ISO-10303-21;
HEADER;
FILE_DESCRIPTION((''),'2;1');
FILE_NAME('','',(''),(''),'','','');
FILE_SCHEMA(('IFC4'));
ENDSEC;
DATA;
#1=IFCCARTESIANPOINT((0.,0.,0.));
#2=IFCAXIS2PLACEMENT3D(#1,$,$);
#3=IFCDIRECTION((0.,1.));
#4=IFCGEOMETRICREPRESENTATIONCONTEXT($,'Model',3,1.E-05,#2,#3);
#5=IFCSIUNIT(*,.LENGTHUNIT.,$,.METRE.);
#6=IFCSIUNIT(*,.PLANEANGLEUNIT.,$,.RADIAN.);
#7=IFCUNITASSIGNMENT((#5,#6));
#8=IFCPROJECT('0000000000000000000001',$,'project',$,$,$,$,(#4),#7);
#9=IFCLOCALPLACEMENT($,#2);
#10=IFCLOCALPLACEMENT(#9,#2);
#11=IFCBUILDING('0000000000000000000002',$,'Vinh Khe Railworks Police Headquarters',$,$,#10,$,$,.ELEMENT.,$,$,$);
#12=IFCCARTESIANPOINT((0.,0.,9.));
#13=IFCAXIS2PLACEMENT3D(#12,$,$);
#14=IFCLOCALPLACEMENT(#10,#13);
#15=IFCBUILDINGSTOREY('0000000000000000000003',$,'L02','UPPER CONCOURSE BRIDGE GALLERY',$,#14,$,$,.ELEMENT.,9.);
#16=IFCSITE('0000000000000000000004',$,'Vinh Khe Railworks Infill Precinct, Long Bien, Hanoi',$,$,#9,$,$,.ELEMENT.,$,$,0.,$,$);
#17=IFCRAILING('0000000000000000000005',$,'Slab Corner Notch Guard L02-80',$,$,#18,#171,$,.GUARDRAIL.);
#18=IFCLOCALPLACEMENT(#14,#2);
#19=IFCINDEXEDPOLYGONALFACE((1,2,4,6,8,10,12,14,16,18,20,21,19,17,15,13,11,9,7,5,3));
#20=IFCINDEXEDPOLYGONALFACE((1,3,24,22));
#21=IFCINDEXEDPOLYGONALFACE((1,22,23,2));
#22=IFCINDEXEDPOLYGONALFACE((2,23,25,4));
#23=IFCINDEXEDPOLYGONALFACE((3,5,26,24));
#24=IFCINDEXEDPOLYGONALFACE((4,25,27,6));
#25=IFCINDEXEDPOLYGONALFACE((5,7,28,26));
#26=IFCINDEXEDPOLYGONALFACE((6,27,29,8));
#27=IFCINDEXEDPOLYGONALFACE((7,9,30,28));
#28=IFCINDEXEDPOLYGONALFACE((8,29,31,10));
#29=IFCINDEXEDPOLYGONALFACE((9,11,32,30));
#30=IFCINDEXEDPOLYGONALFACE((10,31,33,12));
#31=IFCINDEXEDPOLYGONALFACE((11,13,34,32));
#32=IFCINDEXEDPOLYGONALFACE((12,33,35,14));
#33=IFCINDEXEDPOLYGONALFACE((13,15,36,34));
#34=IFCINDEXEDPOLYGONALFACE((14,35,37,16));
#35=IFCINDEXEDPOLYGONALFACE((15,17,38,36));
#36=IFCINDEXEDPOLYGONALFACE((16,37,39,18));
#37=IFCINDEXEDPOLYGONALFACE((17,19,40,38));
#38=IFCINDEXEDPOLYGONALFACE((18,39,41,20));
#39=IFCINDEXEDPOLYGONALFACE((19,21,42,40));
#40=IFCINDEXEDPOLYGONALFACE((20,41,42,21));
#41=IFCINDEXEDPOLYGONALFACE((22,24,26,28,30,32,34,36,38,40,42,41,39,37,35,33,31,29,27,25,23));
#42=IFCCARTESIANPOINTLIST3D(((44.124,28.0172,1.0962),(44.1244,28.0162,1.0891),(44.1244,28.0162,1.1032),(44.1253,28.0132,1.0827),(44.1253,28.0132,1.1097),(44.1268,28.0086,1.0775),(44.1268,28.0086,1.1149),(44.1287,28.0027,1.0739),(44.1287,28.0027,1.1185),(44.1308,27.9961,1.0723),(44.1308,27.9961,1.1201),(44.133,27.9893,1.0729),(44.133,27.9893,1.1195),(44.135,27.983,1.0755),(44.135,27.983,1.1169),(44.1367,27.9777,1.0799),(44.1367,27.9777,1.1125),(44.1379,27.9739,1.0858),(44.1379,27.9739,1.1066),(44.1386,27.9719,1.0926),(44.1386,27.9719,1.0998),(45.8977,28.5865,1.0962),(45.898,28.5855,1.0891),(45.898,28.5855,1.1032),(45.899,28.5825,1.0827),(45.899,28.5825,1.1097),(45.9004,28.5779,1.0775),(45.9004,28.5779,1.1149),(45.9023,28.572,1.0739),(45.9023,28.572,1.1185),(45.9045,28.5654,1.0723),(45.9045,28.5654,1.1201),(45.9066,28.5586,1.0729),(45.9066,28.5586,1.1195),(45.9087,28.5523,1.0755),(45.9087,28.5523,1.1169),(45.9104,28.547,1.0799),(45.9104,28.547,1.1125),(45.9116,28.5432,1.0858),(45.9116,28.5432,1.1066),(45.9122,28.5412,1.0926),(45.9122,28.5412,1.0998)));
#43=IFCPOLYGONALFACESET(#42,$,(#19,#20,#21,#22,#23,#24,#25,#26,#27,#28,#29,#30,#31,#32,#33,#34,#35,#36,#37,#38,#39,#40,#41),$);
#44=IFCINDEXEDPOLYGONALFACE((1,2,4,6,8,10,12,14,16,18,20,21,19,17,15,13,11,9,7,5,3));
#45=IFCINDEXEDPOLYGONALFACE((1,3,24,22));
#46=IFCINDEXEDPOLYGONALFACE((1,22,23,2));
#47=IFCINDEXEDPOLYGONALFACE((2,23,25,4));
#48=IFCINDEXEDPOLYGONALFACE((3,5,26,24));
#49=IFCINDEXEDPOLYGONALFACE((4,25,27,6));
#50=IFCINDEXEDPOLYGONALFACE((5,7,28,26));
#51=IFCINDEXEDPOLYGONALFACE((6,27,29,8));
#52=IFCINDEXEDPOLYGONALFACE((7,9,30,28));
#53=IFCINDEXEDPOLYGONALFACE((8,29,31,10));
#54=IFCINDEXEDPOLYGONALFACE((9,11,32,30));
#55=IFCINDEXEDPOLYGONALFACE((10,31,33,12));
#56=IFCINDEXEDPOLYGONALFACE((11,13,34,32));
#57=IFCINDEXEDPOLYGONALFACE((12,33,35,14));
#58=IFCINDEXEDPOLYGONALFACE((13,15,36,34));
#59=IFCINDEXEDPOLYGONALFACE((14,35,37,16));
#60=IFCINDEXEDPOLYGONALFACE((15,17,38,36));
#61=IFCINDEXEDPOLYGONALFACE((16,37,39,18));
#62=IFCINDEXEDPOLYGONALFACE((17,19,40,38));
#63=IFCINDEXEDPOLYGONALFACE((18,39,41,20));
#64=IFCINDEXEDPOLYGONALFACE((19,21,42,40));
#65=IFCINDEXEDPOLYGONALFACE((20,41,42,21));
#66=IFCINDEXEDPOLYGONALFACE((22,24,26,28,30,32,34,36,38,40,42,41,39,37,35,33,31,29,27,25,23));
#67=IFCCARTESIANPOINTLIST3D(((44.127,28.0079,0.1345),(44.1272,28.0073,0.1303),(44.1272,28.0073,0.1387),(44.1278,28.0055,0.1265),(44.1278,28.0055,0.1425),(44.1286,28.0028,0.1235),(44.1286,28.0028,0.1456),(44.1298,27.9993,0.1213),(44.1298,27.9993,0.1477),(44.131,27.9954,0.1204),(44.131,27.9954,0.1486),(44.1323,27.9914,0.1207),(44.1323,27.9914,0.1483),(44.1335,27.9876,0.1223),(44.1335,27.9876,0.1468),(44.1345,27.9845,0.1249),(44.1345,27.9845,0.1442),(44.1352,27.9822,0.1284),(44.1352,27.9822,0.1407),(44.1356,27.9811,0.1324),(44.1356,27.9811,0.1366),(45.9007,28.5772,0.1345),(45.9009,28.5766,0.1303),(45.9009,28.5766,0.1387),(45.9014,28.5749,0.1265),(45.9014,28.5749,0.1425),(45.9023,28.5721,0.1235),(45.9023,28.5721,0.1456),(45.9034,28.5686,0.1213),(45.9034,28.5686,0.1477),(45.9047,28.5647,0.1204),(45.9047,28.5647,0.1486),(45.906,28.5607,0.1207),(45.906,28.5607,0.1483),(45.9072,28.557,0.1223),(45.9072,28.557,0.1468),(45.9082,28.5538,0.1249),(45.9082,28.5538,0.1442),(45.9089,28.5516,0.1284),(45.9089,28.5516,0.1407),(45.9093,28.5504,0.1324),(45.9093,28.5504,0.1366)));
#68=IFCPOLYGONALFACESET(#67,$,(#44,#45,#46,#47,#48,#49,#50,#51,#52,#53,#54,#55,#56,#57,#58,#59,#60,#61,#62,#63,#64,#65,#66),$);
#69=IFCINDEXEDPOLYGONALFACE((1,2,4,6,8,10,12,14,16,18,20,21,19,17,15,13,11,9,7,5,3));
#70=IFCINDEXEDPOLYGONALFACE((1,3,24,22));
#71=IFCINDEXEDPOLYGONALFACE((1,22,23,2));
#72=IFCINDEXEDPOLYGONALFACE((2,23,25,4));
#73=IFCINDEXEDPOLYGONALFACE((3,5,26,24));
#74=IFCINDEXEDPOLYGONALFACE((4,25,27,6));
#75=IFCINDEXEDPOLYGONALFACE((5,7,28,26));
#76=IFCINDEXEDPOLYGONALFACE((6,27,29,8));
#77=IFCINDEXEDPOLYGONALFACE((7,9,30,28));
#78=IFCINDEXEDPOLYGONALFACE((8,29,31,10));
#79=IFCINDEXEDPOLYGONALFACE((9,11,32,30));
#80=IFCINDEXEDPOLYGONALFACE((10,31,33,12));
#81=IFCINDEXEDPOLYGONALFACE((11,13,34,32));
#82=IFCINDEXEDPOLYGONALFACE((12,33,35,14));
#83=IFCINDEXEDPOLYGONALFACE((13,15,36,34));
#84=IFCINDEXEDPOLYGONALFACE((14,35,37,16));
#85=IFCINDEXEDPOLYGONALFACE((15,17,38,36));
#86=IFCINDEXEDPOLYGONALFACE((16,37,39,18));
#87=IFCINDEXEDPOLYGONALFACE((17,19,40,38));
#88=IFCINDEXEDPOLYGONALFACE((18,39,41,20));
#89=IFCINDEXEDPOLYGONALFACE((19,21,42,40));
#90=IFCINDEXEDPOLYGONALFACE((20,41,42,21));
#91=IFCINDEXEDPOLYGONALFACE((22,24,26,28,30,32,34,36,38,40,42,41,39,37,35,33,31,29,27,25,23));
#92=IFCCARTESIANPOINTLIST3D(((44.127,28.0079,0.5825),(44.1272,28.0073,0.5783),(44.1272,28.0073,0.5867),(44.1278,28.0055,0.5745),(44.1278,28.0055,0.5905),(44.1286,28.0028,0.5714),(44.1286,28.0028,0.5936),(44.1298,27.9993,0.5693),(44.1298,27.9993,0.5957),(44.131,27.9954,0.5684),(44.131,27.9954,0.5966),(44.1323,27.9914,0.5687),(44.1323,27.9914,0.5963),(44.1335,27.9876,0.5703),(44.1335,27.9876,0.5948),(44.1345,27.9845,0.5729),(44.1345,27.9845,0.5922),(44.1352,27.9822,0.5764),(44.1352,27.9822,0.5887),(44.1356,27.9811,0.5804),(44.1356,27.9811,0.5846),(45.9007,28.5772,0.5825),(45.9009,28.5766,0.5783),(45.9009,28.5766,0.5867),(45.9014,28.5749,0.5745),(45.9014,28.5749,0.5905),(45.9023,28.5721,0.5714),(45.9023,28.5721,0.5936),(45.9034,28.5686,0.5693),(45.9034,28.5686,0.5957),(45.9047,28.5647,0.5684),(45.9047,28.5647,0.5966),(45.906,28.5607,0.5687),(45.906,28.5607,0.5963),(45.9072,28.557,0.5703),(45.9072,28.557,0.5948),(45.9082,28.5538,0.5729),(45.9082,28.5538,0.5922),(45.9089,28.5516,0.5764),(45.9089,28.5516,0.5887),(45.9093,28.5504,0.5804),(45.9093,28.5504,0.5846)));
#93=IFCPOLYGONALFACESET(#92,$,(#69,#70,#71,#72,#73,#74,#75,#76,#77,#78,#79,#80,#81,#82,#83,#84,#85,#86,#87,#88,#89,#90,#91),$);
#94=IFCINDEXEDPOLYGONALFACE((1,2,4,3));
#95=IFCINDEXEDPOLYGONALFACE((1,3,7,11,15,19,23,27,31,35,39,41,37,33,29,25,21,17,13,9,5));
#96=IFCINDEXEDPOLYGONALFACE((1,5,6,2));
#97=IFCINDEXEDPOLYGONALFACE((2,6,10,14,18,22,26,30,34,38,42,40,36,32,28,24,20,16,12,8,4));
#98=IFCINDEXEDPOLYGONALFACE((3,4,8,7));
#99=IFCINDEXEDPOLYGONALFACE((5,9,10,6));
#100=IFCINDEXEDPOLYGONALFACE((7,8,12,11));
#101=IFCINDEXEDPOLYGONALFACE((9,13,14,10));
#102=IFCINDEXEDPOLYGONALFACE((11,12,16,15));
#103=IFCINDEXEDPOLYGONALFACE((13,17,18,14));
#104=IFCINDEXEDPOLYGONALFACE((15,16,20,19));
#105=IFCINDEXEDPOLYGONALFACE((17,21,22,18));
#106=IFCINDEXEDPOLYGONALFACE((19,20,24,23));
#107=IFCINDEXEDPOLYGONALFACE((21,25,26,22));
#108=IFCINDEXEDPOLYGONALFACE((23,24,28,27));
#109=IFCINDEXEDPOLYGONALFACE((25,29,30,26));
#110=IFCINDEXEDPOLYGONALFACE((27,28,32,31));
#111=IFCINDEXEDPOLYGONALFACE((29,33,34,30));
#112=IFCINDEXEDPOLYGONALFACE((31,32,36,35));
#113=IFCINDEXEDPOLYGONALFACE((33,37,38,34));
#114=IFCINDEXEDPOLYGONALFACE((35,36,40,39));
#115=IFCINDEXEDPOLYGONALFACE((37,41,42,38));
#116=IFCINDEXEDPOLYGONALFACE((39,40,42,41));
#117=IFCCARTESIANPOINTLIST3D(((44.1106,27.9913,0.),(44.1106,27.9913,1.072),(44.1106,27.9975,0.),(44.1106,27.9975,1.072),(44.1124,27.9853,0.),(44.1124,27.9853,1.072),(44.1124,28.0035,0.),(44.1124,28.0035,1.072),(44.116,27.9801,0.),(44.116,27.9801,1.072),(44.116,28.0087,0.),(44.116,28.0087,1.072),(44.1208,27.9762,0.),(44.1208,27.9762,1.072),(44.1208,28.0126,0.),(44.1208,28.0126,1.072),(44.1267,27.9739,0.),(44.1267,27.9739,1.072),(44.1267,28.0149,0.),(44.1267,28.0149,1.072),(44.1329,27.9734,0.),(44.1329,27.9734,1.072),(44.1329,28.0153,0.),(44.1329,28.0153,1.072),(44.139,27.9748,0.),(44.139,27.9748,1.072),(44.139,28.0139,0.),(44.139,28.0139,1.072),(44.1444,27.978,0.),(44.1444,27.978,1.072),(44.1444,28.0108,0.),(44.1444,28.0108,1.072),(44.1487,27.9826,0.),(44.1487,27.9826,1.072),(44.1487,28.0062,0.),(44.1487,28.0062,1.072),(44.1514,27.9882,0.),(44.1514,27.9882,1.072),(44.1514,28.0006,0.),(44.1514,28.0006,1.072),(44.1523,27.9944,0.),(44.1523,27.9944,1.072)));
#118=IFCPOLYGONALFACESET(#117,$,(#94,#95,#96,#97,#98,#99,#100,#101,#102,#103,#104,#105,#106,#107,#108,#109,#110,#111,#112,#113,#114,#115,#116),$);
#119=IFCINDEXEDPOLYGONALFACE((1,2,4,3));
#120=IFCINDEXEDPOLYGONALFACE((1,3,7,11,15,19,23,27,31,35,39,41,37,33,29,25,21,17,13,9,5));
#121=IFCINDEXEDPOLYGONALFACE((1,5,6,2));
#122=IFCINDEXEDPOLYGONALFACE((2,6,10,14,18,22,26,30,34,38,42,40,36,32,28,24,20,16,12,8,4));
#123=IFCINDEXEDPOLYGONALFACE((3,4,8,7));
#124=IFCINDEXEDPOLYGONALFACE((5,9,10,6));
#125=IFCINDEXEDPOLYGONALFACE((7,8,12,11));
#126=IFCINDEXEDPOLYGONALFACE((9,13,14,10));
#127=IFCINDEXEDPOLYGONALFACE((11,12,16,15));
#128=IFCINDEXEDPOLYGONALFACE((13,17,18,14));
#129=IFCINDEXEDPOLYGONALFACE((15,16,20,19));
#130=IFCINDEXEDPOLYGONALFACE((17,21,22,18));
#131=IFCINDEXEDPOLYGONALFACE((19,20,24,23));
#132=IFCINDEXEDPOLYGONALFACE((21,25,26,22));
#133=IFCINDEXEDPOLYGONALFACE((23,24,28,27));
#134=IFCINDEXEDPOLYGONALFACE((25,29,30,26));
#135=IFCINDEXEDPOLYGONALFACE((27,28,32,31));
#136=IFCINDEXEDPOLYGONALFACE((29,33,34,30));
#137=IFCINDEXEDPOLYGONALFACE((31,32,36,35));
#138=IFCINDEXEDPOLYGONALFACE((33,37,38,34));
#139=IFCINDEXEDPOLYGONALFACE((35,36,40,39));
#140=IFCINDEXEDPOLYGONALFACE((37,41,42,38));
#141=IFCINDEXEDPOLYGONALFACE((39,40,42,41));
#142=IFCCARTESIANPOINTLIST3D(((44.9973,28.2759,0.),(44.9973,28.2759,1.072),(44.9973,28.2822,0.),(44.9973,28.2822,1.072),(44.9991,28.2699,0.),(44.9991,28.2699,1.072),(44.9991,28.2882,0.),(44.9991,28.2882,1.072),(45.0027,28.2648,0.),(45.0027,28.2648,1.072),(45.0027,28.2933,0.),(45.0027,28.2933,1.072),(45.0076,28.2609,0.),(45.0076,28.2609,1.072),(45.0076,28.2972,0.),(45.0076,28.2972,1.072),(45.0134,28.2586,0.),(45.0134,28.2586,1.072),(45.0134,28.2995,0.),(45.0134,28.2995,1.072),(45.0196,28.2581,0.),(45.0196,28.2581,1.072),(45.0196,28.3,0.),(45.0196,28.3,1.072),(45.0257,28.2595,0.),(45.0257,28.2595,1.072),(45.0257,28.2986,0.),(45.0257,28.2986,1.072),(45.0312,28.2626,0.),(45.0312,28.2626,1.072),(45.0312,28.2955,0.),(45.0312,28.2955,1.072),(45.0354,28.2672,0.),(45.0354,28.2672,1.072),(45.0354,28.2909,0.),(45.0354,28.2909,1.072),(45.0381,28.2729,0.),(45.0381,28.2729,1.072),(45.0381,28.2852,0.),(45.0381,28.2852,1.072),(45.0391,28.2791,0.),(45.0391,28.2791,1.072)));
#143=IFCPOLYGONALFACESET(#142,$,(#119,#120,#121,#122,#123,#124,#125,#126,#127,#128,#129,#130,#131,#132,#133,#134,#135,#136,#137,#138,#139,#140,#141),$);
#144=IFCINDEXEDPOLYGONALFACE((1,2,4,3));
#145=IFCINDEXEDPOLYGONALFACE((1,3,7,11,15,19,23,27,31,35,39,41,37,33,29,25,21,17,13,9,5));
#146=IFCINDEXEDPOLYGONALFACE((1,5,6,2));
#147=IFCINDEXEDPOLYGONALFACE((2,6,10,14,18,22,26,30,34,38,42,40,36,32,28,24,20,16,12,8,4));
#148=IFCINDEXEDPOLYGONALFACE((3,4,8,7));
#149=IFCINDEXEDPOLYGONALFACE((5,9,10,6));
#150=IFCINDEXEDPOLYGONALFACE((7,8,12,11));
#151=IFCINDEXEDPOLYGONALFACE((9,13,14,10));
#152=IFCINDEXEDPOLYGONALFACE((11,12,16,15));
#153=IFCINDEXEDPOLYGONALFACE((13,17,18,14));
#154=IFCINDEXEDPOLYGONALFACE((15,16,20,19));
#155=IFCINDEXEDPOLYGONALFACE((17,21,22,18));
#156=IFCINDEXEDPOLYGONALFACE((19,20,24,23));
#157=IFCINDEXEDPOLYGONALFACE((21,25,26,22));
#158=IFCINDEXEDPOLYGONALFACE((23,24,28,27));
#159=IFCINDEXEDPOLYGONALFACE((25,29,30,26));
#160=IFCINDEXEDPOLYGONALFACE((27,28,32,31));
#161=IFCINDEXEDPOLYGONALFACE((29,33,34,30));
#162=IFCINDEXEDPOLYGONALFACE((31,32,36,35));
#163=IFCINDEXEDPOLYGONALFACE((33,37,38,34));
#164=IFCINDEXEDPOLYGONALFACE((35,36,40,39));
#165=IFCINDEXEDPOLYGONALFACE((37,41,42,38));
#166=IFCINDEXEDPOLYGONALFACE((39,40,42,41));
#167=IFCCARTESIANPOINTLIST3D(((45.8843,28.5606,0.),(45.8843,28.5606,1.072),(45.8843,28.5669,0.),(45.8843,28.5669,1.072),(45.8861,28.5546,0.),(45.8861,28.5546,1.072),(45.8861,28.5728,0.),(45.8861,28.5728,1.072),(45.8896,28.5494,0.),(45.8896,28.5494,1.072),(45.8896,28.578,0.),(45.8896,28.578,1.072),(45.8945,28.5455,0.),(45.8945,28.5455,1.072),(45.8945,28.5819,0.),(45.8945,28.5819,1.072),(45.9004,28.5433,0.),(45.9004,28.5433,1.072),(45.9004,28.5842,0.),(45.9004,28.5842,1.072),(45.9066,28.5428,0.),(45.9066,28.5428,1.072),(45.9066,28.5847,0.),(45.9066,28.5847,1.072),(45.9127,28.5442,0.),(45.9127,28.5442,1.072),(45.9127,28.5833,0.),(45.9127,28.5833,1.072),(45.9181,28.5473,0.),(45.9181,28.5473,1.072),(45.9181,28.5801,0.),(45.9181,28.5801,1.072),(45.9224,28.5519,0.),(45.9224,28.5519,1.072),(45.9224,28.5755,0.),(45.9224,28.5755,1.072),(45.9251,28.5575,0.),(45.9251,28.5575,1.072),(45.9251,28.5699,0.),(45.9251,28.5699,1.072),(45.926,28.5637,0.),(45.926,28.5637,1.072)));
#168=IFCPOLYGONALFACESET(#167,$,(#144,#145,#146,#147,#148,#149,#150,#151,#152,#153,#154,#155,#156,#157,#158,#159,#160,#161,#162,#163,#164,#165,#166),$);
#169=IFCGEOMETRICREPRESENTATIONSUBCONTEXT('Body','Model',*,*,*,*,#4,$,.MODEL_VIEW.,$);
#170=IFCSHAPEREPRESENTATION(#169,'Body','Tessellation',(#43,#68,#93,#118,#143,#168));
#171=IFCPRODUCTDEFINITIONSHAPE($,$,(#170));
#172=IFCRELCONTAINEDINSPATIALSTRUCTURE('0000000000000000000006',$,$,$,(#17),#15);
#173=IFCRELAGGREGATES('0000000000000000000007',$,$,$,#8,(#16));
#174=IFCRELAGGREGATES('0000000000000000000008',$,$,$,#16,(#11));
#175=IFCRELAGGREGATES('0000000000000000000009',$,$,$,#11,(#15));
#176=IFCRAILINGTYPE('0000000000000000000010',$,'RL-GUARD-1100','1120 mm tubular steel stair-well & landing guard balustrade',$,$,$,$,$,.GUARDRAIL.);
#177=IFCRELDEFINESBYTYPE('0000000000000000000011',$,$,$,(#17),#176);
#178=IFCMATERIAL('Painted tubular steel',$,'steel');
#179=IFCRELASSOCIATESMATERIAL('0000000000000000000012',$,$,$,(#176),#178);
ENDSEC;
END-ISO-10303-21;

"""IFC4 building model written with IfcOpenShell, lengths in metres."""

from ifc_helpers import new_model, si_unit, direction, frame, origin, origin_2d, place, context, subcontext, project, spatial, circle, extrude, material, type_object, element, save


model = new_model("IFC4")

# Units and contexts
model_context = context("Model", 3, precision=1e-05, world=origin(), true_north=direction((0.0, 1.0)))
body_context = subcontext(model_context, "Body", "Model", "MODEL_VIEW")
ifc_project = project(units=[si_unit("LENGTHUNIT", "METRE"), si_unit("PLANEANGLEUNIT", "RADIAN")], contexts=[model_context])

# Site, building, storey
site_placement = place(None, origin())
site = spatial("IfcSite", under=ifc_project, at=site_placement, Name="Vinh Khe Railworks Infill Precinct, Long Bien, Hanoi", CompositionType="ELEMENT", RefElevation=0.0)
building_placement = place(site_placement, origin())
building = spatial("IfcBuilding", under=site, at=building_placement, Name="Vinh Khe Railworks Police Headquarters", CompositionType="ELEMENT")
storey_placement = place(building_placement, frame((0.0, 0.0, 9.0)))
storey = spatial("IfcBuildingStorey", under=building, at=storey_placement, Name="L02", Description="UPPER CONCOURSE BRIDGE GALLERY", CompositionType="ELEMENT", Elevation=9.0)

# Railing
ifc_material_1 = material(Name="Painted tubular steel", Category="steel")
railing_type_1 = type_object("IfcRailingType", Name="RL-GUARD-1100", Description="1120 mm tubular steel stair-well & landing guard balustrade", PredefinedType="GUARDRAIL", material=ifc_material_1)
railing_1_placement = place(storey_placement, frame((44.1313, 27.9944, 0.0)))
element("IfcRailing", 1, at=railing_1_placement, inside=storey, type_object=railing_type_1, Name="Slab Corner Notch Guard L02-80", PredefinedType="GUARDRAIL", context=body_context, shape_type="SweptSolid", body=[
    extrude(circle(Radius=0.0239, at=origin_2d()), frame((0.0, 0.0, 1.0962), z_axis=(0.95215, 0.305632, 0.0), x_axis=(-0.305632, 0.95215, 0.0)), (0.0, 0.0, 1.0), 1.8628),
    extrude(circle(Radius=0.0142, at=origin_2d()), frame((0.0, 0.0, 0.1345), z_axis=(0.95215, 0.305632, 0.0), x_axis=(-0.305632, 0.95215, 0.0)), (0.0, 0.0, 1.0), 1.8628),
    extrude(circle(Radius=0.0142, at=origin_2d()), frame((0.0, 0.0, 0.5825), z_axis=(0.95215, 0.305632, 0.0), x_axis=(-0.305632, 0.95215, 0.0)), (0.0, 0.0, 1.0), 1.8628),
    extrude(circle(Radius=0.021, at=origin_2d()), origin(), (0.0, 0.0, 1.0), 1.072),
    extrude(circle(Radius=0.021, at=origin_2d()), frame((0.8867, 0.2847, 0.0)), (0.0, 0.0, 1.0), 1.072),
    extrude(circle(Radius=0.021, at=origin_2d()), frame((1.7737, 0.5693, 0.0)), (0.0, 0.0, 1.0), 1.072),
])

save(model, "model.ifc")
